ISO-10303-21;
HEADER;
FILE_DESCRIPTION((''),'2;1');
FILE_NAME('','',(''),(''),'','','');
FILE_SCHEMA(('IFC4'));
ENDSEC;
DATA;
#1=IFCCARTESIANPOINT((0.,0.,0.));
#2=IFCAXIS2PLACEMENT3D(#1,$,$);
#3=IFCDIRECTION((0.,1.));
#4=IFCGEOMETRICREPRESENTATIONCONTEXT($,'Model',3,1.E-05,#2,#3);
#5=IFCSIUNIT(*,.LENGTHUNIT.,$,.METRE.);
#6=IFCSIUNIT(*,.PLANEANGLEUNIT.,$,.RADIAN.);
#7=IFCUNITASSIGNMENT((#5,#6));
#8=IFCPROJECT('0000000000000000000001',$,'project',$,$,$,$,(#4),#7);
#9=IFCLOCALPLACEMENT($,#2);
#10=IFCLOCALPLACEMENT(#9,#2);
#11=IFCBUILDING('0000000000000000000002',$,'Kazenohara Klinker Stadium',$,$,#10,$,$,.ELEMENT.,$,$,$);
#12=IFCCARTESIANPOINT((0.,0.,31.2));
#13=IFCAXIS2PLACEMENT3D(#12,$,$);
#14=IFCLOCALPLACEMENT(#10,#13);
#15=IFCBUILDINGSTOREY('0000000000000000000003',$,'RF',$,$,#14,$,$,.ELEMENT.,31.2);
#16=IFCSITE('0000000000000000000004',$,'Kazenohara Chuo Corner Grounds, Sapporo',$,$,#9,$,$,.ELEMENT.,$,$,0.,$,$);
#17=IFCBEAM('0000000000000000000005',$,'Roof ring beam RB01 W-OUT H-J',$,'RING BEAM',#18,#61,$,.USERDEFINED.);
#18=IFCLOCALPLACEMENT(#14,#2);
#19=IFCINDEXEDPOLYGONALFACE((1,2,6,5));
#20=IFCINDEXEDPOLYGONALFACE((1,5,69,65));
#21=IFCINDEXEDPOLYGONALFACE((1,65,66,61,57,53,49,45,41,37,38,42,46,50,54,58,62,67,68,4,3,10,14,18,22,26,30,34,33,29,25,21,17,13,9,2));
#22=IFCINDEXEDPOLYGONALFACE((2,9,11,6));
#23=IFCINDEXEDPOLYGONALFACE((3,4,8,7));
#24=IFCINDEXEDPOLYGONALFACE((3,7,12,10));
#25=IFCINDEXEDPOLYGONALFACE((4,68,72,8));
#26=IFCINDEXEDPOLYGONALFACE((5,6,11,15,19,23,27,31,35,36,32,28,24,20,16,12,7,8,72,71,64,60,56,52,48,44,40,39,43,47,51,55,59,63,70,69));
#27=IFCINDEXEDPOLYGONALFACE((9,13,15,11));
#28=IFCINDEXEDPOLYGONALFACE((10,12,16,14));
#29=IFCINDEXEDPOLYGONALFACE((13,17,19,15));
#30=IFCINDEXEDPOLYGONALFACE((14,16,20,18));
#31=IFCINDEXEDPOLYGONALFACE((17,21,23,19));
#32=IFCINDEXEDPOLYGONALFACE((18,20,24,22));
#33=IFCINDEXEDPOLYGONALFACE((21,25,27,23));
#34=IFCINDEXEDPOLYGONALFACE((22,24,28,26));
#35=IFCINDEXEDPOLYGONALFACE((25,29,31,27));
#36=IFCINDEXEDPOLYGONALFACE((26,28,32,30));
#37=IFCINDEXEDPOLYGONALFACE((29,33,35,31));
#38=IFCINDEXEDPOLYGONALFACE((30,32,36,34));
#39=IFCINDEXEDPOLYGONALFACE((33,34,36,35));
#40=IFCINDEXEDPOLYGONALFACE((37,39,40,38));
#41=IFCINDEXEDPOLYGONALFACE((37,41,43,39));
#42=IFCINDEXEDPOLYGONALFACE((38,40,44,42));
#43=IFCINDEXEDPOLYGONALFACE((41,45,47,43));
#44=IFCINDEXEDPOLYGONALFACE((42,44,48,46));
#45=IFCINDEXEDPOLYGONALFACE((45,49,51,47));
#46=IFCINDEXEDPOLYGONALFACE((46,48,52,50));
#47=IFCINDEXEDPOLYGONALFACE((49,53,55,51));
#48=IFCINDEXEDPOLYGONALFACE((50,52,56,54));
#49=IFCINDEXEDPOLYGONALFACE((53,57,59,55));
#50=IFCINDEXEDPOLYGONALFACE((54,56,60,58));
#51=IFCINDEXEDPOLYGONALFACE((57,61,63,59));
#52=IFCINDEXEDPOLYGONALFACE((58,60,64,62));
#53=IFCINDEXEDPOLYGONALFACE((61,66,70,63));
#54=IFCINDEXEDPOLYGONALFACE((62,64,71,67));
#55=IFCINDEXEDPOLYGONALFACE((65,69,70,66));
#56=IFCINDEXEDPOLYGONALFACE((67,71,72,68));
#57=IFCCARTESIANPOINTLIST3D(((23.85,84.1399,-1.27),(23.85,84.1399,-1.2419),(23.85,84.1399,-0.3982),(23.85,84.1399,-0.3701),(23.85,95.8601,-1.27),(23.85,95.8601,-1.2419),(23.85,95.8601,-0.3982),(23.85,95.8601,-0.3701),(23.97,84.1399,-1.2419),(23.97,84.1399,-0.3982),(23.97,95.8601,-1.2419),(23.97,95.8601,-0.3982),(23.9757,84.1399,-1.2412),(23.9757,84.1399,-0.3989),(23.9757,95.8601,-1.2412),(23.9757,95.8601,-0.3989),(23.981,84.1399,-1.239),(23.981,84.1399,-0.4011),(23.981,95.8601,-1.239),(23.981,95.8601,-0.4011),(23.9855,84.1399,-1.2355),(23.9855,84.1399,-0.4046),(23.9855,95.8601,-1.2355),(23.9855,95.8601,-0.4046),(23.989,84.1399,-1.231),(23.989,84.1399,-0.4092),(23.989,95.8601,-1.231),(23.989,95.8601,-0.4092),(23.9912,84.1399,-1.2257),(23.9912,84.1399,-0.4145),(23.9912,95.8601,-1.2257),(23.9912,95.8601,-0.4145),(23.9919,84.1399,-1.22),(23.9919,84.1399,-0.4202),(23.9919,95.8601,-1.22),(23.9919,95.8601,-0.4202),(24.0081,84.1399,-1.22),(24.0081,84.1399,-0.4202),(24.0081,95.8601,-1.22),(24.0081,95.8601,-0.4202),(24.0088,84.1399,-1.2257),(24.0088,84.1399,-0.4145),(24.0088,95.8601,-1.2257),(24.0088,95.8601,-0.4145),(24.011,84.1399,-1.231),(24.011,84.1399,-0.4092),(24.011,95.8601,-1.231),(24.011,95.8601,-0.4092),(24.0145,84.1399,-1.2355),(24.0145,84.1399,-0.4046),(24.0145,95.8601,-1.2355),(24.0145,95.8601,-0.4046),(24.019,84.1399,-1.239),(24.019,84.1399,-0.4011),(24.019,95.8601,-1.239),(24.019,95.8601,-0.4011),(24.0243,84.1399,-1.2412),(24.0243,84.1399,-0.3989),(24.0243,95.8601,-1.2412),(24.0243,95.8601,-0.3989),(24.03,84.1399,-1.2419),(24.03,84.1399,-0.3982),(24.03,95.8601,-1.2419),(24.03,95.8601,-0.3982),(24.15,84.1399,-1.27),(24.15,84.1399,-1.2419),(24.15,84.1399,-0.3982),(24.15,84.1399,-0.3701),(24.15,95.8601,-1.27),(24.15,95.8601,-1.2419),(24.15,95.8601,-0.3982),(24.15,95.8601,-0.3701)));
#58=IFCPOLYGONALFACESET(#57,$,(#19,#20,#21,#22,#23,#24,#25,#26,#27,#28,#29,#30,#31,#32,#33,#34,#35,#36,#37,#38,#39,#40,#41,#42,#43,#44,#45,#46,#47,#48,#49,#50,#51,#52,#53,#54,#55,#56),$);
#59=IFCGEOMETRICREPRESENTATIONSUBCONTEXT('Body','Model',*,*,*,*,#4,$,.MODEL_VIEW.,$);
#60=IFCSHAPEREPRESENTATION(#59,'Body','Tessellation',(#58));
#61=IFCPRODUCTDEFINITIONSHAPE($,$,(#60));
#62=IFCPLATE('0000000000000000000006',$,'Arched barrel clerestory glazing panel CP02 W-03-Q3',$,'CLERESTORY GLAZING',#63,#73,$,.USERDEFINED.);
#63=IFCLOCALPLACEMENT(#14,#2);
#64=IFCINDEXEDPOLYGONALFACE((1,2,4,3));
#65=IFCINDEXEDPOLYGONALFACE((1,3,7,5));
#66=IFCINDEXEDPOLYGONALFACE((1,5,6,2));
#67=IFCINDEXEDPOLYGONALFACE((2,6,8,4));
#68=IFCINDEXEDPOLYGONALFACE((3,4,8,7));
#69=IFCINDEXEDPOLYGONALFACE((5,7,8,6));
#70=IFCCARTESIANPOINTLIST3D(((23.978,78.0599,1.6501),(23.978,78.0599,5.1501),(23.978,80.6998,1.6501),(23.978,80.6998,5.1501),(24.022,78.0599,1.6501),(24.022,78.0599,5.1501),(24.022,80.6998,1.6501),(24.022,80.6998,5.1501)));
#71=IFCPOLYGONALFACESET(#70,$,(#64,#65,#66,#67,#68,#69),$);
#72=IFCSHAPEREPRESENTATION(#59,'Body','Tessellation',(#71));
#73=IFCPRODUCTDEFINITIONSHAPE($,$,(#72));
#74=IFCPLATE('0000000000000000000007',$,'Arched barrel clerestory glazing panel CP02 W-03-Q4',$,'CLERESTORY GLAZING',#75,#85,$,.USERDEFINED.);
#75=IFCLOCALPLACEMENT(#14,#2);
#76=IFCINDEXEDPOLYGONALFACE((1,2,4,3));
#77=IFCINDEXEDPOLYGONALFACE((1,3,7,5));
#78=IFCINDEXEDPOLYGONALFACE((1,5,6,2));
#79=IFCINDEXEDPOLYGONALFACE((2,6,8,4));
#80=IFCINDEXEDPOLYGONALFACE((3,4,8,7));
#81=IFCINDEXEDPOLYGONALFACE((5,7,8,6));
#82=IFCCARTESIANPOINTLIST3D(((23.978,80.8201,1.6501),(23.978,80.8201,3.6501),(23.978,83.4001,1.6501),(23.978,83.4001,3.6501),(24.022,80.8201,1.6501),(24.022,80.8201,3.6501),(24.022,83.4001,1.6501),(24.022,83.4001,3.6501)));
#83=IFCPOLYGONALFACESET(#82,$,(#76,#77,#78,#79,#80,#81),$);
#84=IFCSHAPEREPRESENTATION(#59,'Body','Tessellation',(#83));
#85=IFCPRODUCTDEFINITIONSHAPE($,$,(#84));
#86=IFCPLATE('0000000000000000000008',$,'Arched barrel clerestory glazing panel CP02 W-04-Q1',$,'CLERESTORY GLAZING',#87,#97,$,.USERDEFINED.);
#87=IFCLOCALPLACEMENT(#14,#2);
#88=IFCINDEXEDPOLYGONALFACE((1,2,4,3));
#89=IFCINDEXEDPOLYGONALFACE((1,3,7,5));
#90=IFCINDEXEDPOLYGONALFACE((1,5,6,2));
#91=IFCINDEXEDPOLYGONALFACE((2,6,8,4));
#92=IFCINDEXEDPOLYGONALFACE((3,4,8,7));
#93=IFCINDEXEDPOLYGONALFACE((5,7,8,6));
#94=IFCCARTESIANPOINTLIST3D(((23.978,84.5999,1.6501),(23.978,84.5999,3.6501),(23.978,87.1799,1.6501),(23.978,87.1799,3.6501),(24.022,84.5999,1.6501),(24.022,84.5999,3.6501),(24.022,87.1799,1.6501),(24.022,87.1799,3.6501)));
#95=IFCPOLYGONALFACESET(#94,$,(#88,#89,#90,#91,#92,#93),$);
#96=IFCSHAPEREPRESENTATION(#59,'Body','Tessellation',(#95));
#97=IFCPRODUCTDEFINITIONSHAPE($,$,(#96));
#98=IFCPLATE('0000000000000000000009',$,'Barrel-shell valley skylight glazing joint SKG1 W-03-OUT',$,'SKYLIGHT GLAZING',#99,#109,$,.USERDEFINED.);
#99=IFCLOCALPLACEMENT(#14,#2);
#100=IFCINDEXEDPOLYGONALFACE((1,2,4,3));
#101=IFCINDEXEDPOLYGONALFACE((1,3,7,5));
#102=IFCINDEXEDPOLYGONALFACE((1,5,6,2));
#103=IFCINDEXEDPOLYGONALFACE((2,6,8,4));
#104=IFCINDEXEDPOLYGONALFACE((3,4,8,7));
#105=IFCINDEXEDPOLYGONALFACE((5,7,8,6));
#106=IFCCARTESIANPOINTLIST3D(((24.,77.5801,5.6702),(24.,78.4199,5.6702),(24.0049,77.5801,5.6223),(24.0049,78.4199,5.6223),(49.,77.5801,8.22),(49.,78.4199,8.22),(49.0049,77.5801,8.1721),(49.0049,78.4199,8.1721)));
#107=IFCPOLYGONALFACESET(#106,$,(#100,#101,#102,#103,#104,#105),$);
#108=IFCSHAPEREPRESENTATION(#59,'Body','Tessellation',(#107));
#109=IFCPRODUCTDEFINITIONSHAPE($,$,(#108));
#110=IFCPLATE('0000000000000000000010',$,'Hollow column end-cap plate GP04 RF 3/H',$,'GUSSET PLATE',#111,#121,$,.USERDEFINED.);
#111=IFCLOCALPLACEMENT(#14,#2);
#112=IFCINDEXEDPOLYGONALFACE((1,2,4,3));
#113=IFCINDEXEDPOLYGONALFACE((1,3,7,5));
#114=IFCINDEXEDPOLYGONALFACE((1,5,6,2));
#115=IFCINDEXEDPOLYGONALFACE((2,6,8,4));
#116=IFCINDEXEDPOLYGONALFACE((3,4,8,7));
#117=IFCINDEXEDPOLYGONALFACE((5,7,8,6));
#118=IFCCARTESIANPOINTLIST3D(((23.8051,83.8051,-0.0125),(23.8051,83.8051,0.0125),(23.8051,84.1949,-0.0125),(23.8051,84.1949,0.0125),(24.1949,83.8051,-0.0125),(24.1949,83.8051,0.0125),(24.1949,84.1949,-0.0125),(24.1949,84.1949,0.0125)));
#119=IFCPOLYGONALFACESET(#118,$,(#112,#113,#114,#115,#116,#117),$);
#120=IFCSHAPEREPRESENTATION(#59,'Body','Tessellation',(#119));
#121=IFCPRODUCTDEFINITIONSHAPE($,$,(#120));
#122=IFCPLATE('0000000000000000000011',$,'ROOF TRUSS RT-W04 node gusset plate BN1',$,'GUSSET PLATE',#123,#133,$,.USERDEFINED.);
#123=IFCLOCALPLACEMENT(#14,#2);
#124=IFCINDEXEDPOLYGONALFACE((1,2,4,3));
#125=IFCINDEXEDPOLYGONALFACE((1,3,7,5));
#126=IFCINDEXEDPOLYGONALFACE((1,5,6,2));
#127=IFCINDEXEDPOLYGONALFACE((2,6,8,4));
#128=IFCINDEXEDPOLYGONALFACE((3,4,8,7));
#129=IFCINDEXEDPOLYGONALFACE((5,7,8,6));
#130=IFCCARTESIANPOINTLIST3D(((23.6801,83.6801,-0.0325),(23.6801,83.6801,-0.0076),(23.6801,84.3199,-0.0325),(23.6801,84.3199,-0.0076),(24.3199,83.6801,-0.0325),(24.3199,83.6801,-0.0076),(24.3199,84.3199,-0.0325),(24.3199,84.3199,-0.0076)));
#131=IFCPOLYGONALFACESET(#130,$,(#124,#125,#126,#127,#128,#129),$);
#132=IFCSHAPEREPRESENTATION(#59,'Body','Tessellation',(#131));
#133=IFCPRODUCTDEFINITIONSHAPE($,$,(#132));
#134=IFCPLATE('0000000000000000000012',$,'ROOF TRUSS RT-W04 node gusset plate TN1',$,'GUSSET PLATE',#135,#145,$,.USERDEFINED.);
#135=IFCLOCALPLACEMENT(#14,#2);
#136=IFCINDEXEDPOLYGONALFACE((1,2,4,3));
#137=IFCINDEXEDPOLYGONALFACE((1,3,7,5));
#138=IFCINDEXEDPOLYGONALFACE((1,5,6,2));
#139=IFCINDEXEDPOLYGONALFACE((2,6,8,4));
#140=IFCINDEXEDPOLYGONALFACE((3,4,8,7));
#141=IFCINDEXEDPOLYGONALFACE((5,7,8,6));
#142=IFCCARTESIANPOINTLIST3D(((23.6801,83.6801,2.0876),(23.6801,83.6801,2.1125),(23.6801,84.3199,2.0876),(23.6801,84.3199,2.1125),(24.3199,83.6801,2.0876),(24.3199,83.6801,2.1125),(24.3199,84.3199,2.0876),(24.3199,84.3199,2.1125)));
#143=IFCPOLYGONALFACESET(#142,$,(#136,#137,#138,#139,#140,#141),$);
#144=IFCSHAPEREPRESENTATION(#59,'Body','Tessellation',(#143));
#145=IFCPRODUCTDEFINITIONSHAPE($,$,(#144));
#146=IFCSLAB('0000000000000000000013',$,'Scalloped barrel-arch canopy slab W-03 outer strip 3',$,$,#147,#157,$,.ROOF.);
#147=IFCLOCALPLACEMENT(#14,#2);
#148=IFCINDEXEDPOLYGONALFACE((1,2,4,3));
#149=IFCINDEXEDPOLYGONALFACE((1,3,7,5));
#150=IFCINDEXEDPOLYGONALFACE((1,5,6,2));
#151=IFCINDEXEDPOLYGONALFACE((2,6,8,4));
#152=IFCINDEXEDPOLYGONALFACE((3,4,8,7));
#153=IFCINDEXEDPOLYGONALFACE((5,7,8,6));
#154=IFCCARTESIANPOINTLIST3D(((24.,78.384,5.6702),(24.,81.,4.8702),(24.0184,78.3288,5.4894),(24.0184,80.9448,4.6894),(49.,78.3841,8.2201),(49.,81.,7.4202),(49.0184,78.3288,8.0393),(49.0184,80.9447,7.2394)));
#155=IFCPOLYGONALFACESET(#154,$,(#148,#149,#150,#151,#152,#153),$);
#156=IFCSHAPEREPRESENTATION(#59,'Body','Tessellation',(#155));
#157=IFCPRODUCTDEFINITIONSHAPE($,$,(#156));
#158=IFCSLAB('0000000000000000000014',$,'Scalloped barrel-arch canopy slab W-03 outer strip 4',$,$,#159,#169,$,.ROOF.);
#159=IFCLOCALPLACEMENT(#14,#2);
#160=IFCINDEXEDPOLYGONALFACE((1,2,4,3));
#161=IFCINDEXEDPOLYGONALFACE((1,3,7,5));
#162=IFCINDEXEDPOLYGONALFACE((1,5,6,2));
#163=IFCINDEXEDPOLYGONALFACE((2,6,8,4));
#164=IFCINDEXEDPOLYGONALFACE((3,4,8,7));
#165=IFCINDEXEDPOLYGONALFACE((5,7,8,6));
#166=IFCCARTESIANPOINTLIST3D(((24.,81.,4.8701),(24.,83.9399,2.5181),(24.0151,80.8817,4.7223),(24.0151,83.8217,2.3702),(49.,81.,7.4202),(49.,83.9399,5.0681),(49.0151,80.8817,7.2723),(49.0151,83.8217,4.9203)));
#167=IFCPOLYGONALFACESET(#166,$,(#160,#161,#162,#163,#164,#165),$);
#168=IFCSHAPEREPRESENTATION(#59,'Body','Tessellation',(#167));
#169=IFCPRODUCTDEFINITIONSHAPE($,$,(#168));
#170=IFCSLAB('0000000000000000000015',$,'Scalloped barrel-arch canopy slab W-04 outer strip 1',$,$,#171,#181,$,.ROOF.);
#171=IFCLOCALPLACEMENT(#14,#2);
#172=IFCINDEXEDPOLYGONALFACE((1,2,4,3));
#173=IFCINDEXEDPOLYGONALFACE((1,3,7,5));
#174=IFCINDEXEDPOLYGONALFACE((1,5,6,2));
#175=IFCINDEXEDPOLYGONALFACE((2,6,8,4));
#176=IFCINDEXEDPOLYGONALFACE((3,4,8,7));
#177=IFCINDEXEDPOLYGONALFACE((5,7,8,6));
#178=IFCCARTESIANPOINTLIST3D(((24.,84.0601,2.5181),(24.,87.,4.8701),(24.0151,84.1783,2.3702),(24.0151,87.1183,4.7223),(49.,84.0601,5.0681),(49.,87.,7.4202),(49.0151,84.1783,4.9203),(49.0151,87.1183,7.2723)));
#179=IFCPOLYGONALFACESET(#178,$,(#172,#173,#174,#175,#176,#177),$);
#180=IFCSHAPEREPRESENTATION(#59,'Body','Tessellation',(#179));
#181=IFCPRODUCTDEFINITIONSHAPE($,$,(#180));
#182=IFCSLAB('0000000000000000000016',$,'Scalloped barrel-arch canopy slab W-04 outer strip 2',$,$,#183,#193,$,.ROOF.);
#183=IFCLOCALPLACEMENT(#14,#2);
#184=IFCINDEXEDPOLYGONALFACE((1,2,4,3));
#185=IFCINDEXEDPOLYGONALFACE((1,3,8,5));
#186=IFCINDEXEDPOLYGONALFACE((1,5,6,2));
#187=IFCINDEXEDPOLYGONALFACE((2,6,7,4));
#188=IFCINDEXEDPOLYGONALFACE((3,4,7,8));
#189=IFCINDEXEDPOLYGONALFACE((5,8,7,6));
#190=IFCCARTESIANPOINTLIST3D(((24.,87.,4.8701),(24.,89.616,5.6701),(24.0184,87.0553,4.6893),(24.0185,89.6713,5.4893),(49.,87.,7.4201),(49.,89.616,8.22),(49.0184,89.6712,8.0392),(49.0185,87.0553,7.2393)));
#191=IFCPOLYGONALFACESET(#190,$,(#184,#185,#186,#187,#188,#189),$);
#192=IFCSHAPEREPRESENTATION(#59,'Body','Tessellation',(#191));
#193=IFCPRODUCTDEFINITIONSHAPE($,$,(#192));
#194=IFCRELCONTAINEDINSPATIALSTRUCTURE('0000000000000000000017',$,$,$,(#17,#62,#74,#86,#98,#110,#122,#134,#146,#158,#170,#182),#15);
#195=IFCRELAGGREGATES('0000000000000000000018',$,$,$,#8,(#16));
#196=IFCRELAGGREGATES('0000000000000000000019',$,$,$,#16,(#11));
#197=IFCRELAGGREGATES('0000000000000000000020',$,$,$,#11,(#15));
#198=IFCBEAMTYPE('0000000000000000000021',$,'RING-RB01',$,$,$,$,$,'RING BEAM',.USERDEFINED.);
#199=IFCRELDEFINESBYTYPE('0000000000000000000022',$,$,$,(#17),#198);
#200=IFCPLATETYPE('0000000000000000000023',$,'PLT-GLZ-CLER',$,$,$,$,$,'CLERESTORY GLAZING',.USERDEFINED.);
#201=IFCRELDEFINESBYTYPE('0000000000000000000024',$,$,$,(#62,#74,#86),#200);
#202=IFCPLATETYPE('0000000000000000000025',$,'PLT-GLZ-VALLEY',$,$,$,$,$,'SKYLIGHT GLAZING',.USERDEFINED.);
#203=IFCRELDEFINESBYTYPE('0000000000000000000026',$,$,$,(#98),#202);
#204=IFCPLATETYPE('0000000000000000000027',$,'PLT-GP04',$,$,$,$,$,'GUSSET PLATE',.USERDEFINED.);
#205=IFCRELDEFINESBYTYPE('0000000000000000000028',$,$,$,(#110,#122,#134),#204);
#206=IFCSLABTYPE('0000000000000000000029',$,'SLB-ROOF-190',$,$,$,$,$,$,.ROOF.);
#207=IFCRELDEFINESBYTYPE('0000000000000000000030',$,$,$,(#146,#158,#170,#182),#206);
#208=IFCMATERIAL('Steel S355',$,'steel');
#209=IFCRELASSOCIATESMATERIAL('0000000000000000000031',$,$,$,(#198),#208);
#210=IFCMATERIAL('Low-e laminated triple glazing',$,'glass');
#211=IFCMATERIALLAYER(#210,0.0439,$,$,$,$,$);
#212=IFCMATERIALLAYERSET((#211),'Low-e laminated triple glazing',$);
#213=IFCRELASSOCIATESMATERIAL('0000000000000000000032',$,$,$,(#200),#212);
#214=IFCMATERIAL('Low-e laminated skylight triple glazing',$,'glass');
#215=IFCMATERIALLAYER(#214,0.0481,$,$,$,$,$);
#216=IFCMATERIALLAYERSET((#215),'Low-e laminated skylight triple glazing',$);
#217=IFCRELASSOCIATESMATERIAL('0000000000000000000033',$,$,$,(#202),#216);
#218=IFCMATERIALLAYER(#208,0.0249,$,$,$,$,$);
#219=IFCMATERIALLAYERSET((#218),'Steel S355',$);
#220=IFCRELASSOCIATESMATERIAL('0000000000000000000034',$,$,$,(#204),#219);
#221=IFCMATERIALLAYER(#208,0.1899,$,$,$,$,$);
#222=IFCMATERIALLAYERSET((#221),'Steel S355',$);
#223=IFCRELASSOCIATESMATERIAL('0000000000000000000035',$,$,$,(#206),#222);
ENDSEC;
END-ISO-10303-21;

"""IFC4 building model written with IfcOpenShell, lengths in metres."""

from ifc_helpers import new_model, si_unit, direction, frame, origin, origin_2d, place, context, subcontext, project, spatial, polyline, rectangle, i_section, outline, extrude, material, layer, layer_set, material_profile, profile_set, type_object, element, save


model = new_model("IFC4")

# Units and contexts
model_context = context("Model", 3, precision=1e-05, world=origin(), true_north=direction((0.0, 1.0)))
body_context = subcontext(model_context, "Body", "Model", "MODEL_VIEW")
ifc_project = project(units=[si_unit("LENGTHUNIT", "METRE"), si_unit("PLANEANGLEUNIT", "RADIAN")], contexts=[model_context])

# Site, building, storey
site_placement = place(None, origin())
site = spatial("IfcSite", under=ifc_project, at=site_placement, Name="Kazenohara Chuo Corner Grounds, Sapporo", CompositionType="ELEMENT", RefElevation=0.0)
building_placement = place(site_placement, origin())
building = spatial("IfcBuilding", under=site, at=building_placement, Name="Kazenohara Klinker Stadium", CompositionType="ELEMENT")
storey_placement = place(building_placement, frame((0.0, 0.0, 31.2)))
storey = spatial("IfcBuildingStorey", under=building, at=storey_placement, Name="RF", CompositionType="ELEMENT", Elevation=31.2)

# Shared definitions
ifc_material_1 = material(Name="Steel S355", Category="steel")

# Beam
ifc_material_profile_1 = material_profile(ifc_material_1, i_section(OverallWidth=0.3, OverallDepth=0.8999, WebThickness=0.0161, FlangeThickness=0.0281, FilletRadius=0.022, at=origin_2d()), Name="H-900x300x16x28")
ifc_profile_set_1 = profile_set([ifc_material_profile_1], Name="Steel S355")
beam_type = type_object("IfcBeamType", Name="RING-RB01", ElementType="RING BEAM", PredefinedType="USERDEFINED", material=ifc_profile_set_1)
beam_placement = place(storey_placement, frame((24.0, 84.1399, -0.8201), z_axis=(0.0, 1.0, 0.0), x_axis=(-1.0, 0.0, 0.0)))
element("IfcBeam", 1, at=beam_placement, inside=storey, type_object=beam_type, Name="Roof ring beam RB01 W-OUT H-J", ObjectType="RING BEAM", PredefinedType="USERDEFINED", context=body_context, shape_type="SweptSolid", body=[
    extrude(i_section(OverallWidth=0.3, OverallDepth=0.8999, WebThickness=0.0161, FlangeThickness=0.0281, FilletRadius=0.022, at=origin_2d()), origin(), (0.0, 0.0, 1.0), 11.7202),
])

# Plates
ifc_material_2 = material(Name="Low-e laminated triple glazing", Category="glass")
ifc_layer_1 = layer(ifc_material_2, 0.0439)
ifc_layer_set_1 = layer_set([ifc_layer_1], Name="Low-e laminated triple glazing")
plate_type_1 = type_object("IfcPlateType", Name="PLT-GLZ-CLER", ElementType="CLERESTORY GLAZING", PredefinedType="USERDEFINED", material=ifc_layer_set_1)
plate_1_placement = place(storey_placement, frame((24.0, 79.3799, 1.6501), z_axis=(0.0, 0.0, 1.0), x_axis=(1.0, 0.0, 0.0)))
element("IfcPlate", 2, at=plate_1_placement, inside=storey, type_object=plate_type_1, Name="Arched barrel clerestory glazing panel CP02 W-03-Q3", ObjectType="CLERESTORY GLAZING", PredefinedType="USERDEFINED", context=body_context, shape_type="SweptSolid", body=[
    extrude(rectangle(XDim=0.0439, YDim=2.6399, at=origin_2d()), origin(), (0.0, 0.0, 1.0), 3.5),
])
for number, where, z_axis, x_axis, name in (
    (3, (24.0, 82.1101, 1.6501), (0.0, 0.0, 1.0), (1.0, 0.0, 0.0), "Arched barrel clerestory glazing panel CP02 W-03-Q4"),
    (4, (24.0, 85.8899, 1.6501), (0.0, 0.0, 1.0), (1.0, 0.0, 0.0), "Arched barrel clerestory glazing panel CP02 W-04-Q1"),
):
    element("IfcPlate", number, at=place(storey_placement, frame(where, z_axis=z_axis, x_axis=x_axis)), inside=storey, type_object=plate_type_1, Name=name, ObjectType="CLERESTORY GLAZING", PredefinedType="USERDEFINED", context=body_context, shape_type="SweptSolid", body=[
        extrude(rectangle(XDim=0.0439, YDim=2.5801, at=origin_2d()), origin(), (0.0, 0.0, 1.0), 2.0),
    ])
ifc_material_3 = material(Name="Low-e laminated skylight triple glazing", Category="glass")
ifc_layer_2 = layer(ifc_material_3, 0.0481)
ifc_layer_set_2 = layer_set([ifc_layer_2], Name="Low-e laminated skylight triple glazing")
plate_type_2 = type_object("IfcPlateType", Name="PLT-GLZ-VALLEY", ElementType="SKYLIGHT GLAZING", PredefinedType="USERDEFINED", material=ifc_layer_set_2)
plate_2_placement = place(storey_placement, frame((24.0, 77.5801, 5.6702), z_axis=(-0.101466, 0.0, 0.994839), x_axis=(0.994839, 0.0, 0.101466)))
element("IfcPlate", 5, at=plate_2_placement, inside=storey, type_object=plate_type_2, Name="Barrel-shell valley skylight glazing joint SKG1 W-03-OUT", ObjectType="SKYLIGHT GLAZING", PredefinedType="USERDEFINED", context=body_context, shape_type="SweptSolid", body=[
    extrude(outline(polyline([(0.0, 0.0), (25.1297, 0.0), (25.1297, 0.8398), (0.0, 0.8398), (0.0, 0.0)])), origin(), (0.0, 0.0, -1.0), 0.0481),
])
ifc_layer_3 = layer(ifc_material_1, 0.0249)
ifc_layer_set_3 = layer_set([ifc_layer_3], Name="Steel S355")
plate_type_3 = type_object("IfcPlateType", Name="PLT-GP04", ElementType="GUSSET PLATE", PredefinedType="USERDEFINED", material=ifc_layer_set_3)
plate_3_placement = place(storey_placement, frame((24.0, 84.0, -0.0125), z_axis=(0.0, 0.0, 1.0), x_axis=(1.0, 0.0, 0.0)))
element("IfcPlate", 6, at=plate_3_placement, inside=storey, type_object=plate_type_3, Name="Hollow column end-cap plate GP04 RF 3/H", ObjectType="GUSSET PLATE", PredefinedType="USERDEFINED", context=body_context, shape_type="SweptSolid", body=[
    extrude(rectangle(XDim=0.3899, YDim=0.3899, at=origin_2d()), origin(), (0.0, 0.0, 1.0), 0.0249),
])
for number, where, z_axis, x_axis, name in (
    (7, (24.0, 84.0, -0.0325), (0.0, 0.0, 1.0), (1.0, 0.0, 0.0), "ROOF TRUSS RT-W04 node gusset plate BN1"),
    (8, (24.0, 84.0, 2.0876), (0.0, 0.0, 1.0), (1.0, 0.0, 0.0), "ROOF TRUSS RT-W04 node gusset plate TN1"),
):
    element("IfcPlate", number, at=place(storey_placement, frame(where, z_axis=z_axis, x_axis=x_axis)), inside=storey, type_object=plate_type_3, Name=name, ObjectType="GUSSET PLATE", PredefinedType="USERDEFINED", context=body_context, shape_type="SweptSolid", body=[
        extrude(rectangle(XDim=0.6399, YDim=0.6399, at=origin_2d()), origin(), (0.0, 0.0, 1.0), 0.0249),
    ])

# Slabs
ifc_layer_4 = layer(ifc_material_1, 0.1899)
ifc_layer_set_4 = layer_set([ifc_layer_4], Name="Steel S355")
slab_type = type_object("IfcSlabType", Name="SLB-ROOF-190", PredefinedType="ROOF", material=ifc_layer_set_4)
slab_1_placement = place(storey_placement, frame((24.0, 78.384, 5.6702), z_axis=(-0.097078, 0.291039, 0.951773), x_axis=(0.994839, 0.000001, 0.10147)))
element("IfcSlab", 9, at=slab_1_placement, inside=storey, type_object=slab_type, Name="Scalloped barrel-arch canopy slab W-03 outer strip 3", PredefinedType="ROOF", context=body_context, shape_type="SweptSolid", body=[
    extrude(outline(polyline([(0.0, 0.0), (25.1297, 0.0), (25.0485, 2.7343), (-0.0812, 2.7344), (0.0, 0.0)])), origin(), (0.0, 0.0, -1.0), 0.1899),
])
slab_2_placement = place(storey_placement, frame((24.0, 81.0, 4.8701), z_axis=(-0.079397, 0.622739, 0.778391), x_axis=(0.994838, 0.0, 0.101475)))
element("IfcSlab", 10, at=slab_2_placement, inside=storey, type_object=slab_type, Name="Scalloped barrel-arch canopy slab W-03 outer strip 4", PredefinedType="ROOF", context=body_context, shape_type="SweptSolid", body=[
    extrude(outline(polyline([(0.0, 0.0), (25.1297, 0.0), (24.891, 3.7575), (-0.2387, 3.7575), (0.0, 0.0)])), origin(), (0.0, 0.0, -1.0), 0.1899),
])
slab_3_placement = place(storey_placement, frame((24.0, 84.0601, 2.5181), z_axis=(-0.079397, -0.622739, 0.778391), x_axis=(0.994838, 0.0, 0.101475)))
element("IfcSlab", 11, at=slab_3_placement, inside=storey, type_object=slab_type, Name="Scalloped barrel-arch canopy slab W-04 outer strip 1", PredefinedType="ROOF", context=body_context, shape_type="SweptSolid", body=[
    extrude(outline(polyline([(0.0, 0.0), (25.1297, 0.0), (25.3684, 3.7575), (0.2387, 3.7575), (0.0, 0.0)])), origin(), (0.0, 0.0, -1.0), 0.1899),
])
slab_4_placement = place(storey_placement, frame((24.0, 87.0, 4.8701), z_axis=(-0.097078, -0.291039, 0.951773), x_axis=(0.994838, 0.000001, 0.101471)))
element("IfcSlab", 12, at=slab_4_placement, inside=storey, type_object=slab_type, Name="Scalloped barrel-arch canopy slab W-04 outer strip 2", PredefinedType="ROOF", context=body_context, shape_type="SweptSolid", body=[
    extrude(outline(polyline([(0.0, 0.0), (25.1297, 0.0), (25.2109, 2.7343), (0.0812, 2.7344), (0.0, 0.0)])), origin(), (0.0, 0.0, -1.0), 0.1899),
])

save(model, "model.ifc")
